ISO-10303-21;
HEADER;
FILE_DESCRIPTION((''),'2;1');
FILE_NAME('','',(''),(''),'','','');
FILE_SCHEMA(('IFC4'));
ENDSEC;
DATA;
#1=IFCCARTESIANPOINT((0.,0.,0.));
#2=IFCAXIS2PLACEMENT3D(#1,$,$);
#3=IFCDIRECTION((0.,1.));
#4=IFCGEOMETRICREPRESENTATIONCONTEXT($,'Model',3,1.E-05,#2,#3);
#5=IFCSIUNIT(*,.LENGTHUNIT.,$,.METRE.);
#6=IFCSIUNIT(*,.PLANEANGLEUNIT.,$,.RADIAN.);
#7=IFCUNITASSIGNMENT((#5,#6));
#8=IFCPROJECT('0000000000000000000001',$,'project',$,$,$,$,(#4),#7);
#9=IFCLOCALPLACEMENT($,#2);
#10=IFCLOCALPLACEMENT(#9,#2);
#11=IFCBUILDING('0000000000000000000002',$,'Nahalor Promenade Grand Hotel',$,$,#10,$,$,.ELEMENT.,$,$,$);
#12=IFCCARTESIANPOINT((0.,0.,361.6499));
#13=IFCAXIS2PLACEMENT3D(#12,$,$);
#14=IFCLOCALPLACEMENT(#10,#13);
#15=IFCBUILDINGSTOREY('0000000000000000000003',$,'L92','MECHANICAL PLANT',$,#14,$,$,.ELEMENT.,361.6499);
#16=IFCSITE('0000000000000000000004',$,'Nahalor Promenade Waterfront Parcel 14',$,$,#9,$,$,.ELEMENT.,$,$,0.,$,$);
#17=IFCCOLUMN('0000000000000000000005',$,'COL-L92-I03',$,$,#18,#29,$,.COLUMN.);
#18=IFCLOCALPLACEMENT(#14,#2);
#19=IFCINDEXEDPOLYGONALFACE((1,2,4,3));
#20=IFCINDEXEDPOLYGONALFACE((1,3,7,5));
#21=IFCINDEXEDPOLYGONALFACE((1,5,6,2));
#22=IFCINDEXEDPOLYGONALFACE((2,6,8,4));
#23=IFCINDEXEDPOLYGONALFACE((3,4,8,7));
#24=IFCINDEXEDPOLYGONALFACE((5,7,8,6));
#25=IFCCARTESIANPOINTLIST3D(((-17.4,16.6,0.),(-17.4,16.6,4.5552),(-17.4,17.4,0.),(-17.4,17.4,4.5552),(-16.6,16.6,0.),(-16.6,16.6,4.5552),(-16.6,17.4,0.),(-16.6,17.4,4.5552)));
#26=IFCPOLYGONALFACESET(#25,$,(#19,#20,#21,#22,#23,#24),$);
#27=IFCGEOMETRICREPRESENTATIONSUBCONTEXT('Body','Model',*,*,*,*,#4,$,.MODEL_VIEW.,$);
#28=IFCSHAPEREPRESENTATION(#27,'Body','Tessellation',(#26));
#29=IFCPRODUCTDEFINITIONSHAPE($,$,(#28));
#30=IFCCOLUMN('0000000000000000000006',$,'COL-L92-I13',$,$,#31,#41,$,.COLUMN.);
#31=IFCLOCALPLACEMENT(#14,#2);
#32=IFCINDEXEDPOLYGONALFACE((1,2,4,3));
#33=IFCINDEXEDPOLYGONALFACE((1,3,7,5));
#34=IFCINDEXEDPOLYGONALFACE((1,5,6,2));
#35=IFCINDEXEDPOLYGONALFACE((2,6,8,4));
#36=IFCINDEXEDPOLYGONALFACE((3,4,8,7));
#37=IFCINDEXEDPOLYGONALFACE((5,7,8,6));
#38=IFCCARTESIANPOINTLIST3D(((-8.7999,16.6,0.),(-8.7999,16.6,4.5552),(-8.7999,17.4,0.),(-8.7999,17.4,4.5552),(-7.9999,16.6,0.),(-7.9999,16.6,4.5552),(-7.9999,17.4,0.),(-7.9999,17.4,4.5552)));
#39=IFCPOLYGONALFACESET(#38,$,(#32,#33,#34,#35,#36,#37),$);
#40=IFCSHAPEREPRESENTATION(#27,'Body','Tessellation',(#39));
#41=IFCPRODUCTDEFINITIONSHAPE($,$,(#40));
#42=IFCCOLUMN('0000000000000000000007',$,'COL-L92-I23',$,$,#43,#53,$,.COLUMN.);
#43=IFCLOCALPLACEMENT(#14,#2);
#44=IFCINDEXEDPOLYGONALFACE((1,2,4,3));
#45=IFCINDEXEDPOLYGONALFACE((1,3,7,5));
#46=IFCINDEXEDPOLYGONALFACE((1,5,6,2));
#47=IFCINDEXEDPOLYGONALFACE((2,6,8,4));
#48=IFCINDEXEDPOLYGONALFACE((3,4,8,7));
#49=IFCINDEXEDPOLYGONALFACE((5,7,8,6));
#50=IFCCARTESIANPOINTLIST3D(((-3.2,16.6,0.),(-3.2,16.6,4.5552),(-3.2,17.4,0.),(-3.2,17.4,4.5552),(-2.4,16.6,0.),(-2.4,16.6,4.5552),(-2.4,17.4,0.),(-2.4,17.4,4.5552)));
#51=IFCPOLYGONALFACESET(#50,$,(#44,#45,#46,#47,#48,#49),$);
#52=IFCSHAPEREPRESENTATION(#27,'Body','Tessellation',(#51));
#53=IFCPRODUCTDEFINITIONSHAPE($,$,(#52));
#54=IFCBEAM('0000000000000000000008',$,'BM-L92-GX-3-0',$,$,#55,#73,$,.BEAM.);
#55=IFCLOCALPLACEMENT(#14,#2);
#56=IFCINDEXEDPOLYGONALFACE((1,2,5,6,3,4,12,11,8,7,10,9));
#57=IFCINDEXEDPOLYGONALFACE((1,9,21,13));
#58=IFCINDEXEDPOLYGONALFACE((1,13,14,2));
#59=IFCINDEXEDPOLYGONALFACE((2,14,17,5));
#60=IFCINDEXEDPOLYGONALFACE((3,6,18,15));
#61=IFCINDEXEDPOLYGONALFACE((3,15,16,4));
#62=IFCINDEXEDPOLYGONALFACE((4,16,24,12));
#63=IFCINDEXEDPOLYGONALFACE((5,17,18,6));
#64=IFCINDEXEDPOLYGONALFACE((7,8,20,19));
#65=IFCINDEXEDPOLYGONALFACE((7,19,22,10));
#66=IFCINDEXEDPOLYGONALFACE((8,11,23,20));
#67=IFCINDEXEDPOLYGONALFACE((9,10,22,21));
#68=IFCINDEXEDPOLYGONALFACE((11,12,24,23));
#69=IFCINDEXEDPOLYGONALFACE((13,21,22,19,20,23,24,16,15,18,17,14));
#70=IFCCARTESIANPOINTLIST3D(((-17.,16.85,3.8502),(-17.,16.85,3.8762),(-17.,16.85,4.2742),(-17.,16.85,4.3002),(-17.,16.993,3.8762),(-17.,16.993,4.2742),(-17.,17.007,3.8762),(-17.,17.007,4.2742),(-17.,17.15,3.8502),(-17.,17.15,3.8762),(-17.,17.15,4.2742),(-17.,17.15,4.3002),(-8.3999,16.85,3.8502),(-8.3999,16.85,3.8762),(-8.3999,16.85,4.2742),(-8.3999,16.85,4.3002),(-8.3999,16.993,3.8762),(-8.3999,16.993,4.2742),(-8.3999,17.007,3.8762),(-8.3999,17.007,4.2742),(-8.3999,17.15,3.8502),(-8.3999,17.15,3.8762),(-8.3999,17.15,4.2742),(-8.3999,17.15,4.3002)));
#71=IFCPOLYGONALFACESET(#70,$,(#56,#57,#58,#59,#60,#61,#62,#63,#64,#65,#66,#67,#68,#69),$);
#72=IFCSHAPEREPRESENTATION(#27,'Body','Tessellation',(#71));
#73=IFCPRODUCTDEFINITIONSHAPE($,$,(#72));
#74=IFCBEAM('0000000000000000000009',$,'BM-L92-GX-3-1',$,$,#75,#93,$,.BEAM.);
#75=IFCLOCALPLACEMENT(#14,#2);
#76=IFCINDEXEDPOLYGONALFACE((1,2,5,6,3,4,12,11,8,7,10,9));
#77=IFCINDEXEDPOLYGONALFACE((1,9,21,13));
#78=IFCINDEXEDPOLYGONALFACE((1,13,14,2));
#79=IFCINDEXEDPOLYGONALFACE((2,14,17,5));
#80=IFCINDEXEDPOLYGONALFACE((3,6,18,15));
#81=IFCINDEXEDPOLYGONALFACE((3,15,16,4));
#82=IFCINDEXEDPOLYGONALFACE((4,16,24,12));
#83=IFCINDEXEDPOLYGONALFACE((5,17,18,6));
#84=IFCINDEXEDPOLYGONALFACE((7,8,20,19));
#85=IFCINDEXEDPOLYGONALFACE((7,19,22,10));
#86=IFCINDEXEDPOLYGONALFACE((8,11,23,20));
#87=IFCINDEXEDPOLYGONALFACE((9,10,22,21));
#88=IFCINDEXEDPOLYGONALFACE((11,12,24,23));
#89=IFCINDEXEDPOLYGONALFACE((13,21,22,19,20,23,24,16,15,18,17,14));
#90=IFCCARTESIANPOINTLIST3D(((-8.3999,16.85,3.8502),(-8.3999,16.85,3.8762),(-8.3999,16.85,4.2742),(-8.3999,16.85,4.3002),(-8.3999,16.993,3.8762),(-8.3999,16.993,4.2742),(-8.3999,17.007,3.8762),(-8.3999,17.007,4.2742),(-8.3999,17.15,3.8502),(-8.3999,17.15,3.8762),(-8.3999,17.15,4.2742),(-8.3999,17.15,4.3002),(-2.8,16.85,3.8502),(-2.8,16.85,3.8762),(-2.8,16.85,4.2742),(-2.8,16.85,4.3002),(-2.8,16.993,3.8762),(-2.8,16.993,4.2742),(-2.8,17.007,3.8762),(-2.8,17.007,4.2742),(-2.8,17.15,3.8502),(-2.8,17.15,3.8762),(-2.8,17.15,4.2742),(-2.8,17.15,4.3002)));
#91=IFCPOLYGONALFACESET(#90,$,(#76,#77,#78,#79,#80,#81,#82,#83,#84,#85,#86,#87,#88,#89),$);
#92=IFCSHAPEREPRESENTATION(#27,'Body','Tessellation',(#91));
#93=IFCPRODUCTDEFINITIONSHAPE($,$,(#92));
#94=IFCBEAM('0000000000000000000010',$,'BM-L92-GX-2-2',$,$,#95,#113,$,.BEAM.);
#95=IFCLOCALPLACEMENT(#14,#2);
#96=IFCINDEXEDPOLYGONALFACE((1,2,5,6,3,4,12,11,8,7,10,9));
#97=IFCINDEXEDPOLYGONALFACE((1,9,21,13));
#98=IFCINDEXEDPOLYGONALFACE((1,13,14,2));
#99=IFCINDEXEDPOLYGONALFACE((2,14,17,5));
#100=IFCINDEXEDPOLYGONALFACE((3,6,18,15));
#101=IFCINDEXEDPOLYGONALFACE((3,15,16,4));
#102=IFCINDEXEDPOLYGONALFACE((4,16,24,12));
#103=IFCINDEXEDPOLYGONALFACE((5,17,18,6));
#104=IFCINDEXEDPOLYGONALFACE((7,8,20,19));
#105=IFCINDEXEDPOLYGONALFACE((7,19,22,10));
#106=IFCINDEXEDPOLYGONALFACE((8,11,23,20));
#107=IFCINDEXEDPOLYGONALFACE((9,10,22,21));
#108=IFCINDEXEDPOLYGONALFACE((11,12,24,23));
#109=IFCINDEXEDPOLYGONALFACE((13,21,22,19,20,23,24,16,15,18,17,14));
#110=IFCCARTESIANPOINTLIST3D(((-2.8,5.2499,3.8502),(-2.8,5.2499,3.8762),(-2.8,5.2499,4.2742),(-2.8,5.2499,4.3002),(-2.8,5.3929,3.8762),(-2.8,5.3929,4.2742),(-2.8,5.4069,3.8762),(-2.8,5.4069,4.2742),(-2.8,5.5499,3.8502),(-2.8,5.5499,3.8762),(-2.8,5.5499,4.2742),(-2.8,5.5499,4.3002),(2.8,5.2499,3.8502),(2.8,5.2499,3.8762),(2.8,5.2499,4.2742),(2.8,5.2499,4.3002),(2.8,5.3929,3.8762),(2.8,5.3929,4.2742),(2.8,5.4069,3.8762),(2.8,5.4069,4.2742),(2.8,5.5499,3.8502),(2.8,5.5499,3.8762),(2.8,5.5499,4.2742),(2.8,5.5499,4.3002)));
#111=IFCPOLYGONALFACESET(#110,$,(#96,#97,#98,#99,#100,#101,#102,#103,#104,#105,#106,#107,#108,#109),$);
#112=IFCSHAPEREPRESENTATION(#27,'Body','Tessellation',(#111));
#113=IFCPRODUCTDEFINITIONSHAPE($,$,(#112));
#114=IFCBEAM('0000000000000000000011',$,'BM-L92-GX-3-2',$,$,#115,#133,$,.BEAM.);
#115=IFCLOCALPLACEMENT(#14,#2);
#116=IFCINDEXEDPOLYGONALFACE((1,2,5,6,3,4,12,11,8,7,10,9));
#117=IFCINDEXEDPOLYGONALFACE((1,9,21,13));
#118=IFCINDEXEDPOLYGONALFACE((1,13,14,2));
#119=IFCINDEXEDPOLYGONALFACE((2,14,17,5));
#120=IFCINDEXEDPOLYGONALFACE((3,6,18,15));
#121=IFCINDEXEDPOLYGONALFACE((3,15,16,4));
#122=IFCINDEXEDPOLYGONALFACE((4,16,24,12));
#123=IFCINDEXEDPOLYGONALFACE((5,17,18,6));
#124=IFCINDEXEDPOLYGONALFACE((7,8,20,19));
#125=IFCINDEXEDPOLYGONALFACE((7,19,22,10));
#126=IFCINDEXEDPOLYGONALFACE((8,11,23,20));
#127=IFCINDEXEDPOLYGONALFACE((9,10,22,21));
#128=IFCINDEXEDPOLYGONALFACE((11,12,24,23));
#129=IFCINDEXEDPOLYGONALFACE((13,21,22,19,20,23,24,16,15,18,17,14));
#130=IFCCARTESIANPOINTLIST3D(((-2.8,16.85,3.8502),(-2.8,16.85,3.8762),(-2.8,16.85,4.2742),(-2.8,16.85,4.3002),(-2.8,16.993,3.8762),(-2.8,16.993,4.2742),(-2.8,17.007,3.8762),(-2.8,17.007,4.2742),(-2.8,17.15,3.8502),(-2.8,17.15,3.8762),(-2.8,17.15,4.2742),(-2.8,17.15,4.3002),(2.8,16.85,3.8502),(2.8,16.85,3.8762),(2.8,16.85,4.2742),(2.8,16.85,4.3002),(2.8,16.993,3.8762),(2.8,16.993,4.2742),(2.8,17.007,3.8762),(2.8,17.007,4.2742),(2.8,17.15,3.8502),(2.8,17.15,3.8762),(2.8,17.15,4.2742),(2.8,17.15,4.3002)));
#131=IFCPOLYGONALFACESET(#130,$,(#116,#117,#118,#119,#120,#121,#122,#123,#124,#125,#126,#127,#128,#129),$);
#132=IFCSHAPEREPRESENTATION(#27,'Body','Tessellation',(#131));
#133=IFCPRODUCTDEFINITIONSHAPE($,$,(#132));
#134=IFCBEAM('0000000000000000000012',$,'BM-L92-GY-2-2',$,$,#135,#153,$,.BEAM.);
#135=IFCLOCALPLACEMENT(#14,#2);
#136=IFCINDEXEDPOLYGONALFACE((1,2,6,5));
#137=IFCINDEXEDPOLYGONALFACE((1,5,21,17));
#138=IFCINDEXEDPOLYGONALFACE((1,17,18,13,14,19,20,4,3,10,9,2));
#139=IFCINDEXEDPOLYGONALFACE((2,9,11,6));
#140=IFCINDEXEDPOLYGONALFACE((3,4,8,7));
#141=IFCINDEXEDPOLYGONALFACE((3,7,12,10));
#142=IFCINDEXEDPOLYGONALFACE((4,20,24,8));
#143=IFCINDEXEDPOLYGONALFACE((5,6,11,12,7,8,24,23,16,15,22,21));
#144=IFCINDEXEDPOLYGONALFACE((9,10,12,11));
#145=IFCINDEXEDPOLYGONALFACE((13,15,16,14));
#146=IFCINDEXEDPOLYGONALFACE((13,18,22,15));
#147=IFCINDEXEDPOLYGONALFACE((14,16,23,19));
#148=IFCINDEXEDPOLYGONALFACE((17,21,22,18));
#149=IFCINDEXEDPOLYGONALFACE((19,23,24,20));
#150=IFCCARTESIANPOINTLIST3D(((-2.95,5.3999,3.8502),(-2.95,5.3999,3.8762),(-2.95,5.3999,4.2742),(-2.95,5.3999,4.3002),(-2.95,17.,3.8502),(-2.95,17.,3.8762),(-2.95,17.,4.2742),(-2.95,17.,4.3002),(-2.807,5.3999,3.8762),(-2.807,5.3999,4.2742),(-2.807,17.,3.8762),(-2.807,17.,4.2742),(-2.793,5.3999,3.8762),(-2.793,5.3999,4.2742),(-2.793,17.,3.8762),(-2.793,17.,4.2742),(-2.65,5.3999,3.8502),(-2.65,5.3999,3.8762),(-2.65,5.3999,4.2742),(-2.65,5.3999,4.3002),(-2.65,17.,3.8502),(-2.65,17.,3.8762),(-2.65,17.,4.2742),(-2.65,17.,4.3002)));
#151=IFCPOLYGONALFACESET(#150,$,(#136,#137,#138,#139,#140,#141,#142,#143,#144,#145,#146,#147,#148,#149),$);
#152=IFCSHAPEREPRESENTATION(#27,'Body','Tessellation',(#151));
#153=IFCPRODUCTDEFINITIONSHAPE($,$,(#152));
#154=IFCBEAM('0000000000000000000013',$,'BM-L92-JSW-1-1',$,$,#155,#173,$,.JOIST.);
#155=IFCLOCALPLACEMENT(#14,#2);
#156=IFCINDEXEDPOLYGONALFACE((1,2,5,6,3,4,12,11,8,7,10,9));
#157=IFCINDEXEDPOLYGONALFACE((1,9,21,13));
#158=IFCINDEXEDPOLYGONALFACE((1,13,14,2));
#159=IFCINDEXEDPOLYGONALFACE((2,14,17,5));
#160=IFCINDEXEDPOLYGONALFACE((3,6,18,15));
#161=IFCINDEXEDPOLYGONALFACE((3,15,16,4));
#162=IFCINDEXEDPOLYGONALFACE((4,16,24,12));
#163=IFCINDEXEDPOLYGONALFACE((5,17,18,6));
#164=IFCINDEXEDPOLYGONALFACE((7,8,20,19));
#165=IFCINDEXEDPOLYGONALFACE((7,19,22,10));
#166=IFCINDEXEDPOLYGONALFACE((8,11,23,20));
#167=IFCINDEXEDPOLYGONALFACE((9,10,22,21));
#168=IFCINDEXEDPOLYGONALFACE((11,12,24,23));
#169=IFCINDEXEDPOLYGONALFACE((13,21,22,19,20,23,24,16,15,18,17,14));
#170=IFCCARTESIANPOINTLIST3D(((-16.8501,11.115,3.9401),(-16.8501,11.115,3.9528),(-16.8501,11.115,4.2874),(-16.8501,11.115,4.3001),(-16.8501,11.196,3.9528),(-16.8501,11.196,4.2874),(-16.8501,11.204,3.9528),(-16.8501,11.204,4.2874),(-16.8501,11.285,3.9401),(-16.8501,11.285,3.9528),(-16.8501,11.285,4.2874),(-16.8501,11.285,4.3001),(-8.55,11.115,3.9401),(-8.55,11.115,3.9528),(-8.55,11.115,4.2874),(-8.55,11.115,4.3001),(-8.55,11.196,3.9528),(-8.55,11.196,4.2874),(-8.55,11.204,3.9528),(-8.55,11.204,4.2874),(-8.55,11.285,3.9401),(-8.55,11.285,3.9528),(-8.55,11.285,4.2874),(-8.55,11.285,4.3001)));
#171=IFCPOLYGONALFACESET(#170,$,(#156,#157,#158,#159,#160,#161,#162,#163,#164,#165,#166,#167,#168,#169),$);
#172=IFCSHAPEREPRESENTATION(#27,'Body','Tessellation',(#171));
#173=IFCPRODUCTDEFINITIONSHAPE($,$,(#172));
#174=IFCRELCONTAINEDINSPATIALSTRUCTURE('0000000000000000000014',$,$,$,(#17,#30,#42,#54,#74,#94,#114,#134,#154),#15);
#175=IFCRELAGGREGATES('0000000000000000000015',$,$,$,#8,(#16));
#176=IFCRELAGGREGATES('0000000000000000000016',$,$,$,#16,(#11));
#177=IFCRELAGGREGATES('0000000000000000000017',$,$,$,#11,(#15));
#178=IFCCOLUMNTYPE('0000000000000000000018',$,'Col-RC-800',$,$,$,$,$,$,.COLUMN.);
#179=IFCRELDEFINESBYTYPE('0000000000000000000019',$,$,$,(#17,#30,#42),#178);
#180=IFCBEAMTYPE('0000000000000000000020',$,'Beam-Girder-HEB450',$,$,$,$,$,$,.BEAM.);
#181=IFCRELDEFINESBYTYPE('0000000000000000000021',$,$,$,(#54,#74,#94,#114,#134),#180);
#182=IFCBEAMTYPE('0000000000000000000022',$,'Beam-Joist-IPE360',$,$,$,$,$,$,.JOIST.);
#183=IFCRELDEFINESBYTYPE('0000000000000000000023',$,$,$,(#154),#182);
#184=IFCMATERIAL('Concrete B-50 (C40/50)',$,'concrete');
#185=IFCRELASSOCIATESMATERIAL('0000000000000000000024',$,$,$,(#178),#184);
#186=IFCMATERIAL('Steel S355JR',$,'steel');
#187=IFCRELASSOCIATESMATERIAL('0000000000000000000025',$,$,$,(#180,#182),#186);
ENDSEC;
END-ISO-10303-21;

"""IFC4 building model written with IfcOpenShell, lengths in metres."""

from ifc_helpers import new_model, si_unit, direction, frame, origin, origin_2d, place, context, subcontext, project, spatial, rectangle, i_section, extrude, source, transform, mapped, material, material_profile, profile_set, type_object, element, save


model = new_model("IFC4")

# Units and contexts
model_context = context("Model", 3, precision=1e-05, world=origin(), true_north=direction((0.0, 1.0)))
body_context = subcontext(model_context, "Body", "Model", "MODEL_VIEW")
ifc_project = project(units=[si_unit("LENGTHUNIT", "METRE"), si_unit("PLANEANGLEUNIT", "RADIAN")], contexts=[model_context])

# Site, building, storey
site_placement = place(None, origin())
site = spatial("IfcSite", under=ifc_project, at=site_placement, Name="Nahalor Promenade Waterfront Parcel 14", CompositionType="ELEMENT", RefElevation=0.0)
building_placement = place(site_placement, origin())
building = spatial("IfcBuilding", under=site, at=building_placement, Name="Nahalor Promenade Grand Hotel", CompositionType="ELEMENT")
storey_placement = place(building_placement, frame((0.0, 0.0, 361.6499)))
storey = spatial("IfcBuildingStorey", under=building, at=storey_placement, Name="L92", Description="MECHANICAL PLANT", CompositionType="ELEMENT", Elevation=361.6499)

# Columns
ifc_material_1 = material(Name="Concrete B-50 (C40/50)", Category="concrete")
ifc_material_profile_1 = material_profile(ifc_material_1, rectangle(XDim=0.8, YDim=0.8, at=origin_2d()), Name="RC 800x800")
ifc_profile_set_1 = profile_set([ifc_material_profile_1], Name="Concrete B-50 (C40/50)")
column_type = type_object("IfcColumnType", Name="Col-RC-800", PredefinedType="COLUMN", material=ifc_profile_set_1)
shared_shape_1 = source(origin(), body_context, "Body", "SweptSolid", [
    extrude(rectangle(XDim=0.8, YDim=0.8, at=origin_2d()), origin(), (0.0, 0.0, 1.0), 4.5552),
])
for number, where, z_axis, x_axis, name in (
    (1, (-17.0, 17.0, 0.0), (0.0, 0.0, 1.0), (1.0, 0.0, 0.0), "COL-L92-I03"),
    (2, (-8.3999, 17.0, 0.0), (0.0, 0.0, 1.0), (1.0, 0.0, 0.0), "COL-L92-I13"),
    (3, (-2.8, 17.0, 0.0), (0.0, 0.0, 1.0), (1.0, 0.0, 0.0), "COL-L92-I23"),
):
    element("IfcColumn", number, at=place(storey_placement, frame(where, z_axis=z_axis, x_axis=x_axis)), inside=storey, type_object=column_type, Name=name, PredefinedType="COLUMN", context=body_context, shape_type="MappedRepresentation", body=[
        mapped(shared_shape_1, transform((0.0, 0.0, 0.0), scale=1.0)),
    ])

# Beams
ifc_material_2 = material(Name="Steel S355JR", Category="steel")
ifc_material_profile_2 = material_profile(ifc_material_2, i_section(OverallWidth=0.3, OverallDepth=0.45, WebThickness=0.014, FlangeThickness=0.026, at=origin_2d()), Name="HEB 450")
ifc_profile_set_2 = profile_set([ifc_material_profile_2], Name="Steel S355JR")
beam_type_1 = type_object("IfcBeamType", Name="Beam-Girder-HEB450", PredefinedType="BEAM", material=ifc_profile_set_2)
shared_shape_2 = source(origin(), body_context, "Body", "SweptSolid", [
    extrude(i_section(OverallWidth=0.3, OverallDepth=0.45, WebThickness=0.014, FlangeThickness=0.026, at=origin_2d()), origin(), (0.0, 0.0, 1.0), 8.6001),
])
beam_1_placement = place(storey_placement, frame((-17.0, 17.0, 4.0752), z_axis=(1.0, 0.0, 0.0), x_axis=(0.0, 1.0, 0.0)))
element("IfcBeam", 4, at=beam_1_placement, inside=storey, type_object=beam_type_1, Name="BM-L92-GX-3-0", PredefinedType="BEAM", context=body_context, shape_type="MappedRepresentation", body=[
    mapped(shared_shape_2, transform((0.0, 0.0, 0.0), scale=1.0)),
])
shared_shape_3 = source(origin(), body_context, "Body", "SweptSolid", [
    extrude(i_section(OverallWidth=0.3, OverallDepth=0.45, WebThickness=0.014, FlangeThickness=0.026, at=origin_2d()), origin(), (0.0, 0.0, 1.0), 5.5999),
])
beam_2_placement = place(storey_placement, frame((-8.3999, 17.0, 4.0752), z_axis=(1.0, 0.0, 0.0), x_axis=(0.0, 1.0, 0.0)))
element("IfcBeam", 5, at=beam_2_placement, inside=storey, type_object=beam_type_1, Name="BM-L92-GX-3-1", PredefinedType="BEAM", context=body_context, shape_type="MappedRepresentation", body=[
    mapped(shared_shape_3, transform((0.0, 0.0, 0.0), scale=1.0)),
])
shared_shape_4 = source(origin(), body_context, "Body", "SweptSolid", [
    extrude(i_section(OverallWidth=0.3, OverallDepth=0.45, WebThickness=0.014, FlangeThickness=0.026, at=origin_2d()), origin(), (0.0, 0.0, 1.0), 5.6001),
])
for number, where, z_axis, x_axis, name in (
    (6, (-2.8, 5.3999, 4.0752), (1.0, 0.0, 0.0), (0.0, 1.0, 0.0), "BM-L92-GX-2-2"),
    (7, (-2.8, 17.0, 4.0752), (1.0, 0.0, 0.0), (0.0, 1.0, 0.0), "BM-L92-GX-3-2"),
):
    element("IfcBeam", number, at=place(storey_placement, frame(where, z_axis=z_axis, x_axis=x_axis)), inside=storey, type_object=beam_type_1, Name=name, PredefinedType="BEAM", context=body_context, shape_type="MappedRepresentation", body=[
        mapped(shared_shape_4, transform((0.0, 0.0, 0.0), scale=1.0)),
    ])
shared_shape_5 = source(origin(), body_context, "Body", "SweptSolid", [
    extrude(i_section(OverallWidth=0.3, OverallDepth=0.45, WebThickness=0.014, FlangeThickness=0.026, at=origin_2d()), origin(), (0.0, 0.0, 1.0), 11.6001),
])
beam_3_placement = place(storey_placement, frame((-2.8, 5.3999, 4.0752), z_axis=(0.0, 1.0, 0.0), x_axis=(-1.0, 0.0, 0.0)))
element("IfcBeam", 8, at=beam_3_placement, inside=storey, type_object=beam_type_1, Name="BM-L92-GY-2-2", PredefinedType="BEAM", context=body_context, shape_type="MappedRepresentation", body=[
    mapped(shared_shape_5, transform((0.0, 0.0, 0.0), scale=1.0)),
])
ifc_material_profile_3 = material_profile(ifc_material_2, i_section(OverallWidth=0.17, OverallDepth=0.36, WebThickness=0.008, FlangeThickness=0.0127, at=origin_2d()), Name="IPE 360")
ifc_profile_set_3 = profile_set([ifc_material_profile_3], Name="Steel S355JR")
beam_type_2 = type_object("IfcBeamType", Name="Beam-Joist-IPE360", PredefinedType="JOIST", material=ifc_profile_set_3)
shared_shape_6 = source(origin(), body_context, "Body", "SweptSolid", [
    extrude(i_section(OverallWidth=0.17, OverallDepth=0.36, WebThickness=0.008, FlangeThickness=0.0127, at=origin_2d()), origin(), (0.0, 0.0, 1.0), 8.3),
])
beam_4_placement = place(storey_placement, frame((-16.8501, 11.2, 4.1201), z_axis=(1.0, 0.0, 0.0), x_axis=(0.0, 1.0, 0.0)))
element("IfcBeam", 9, at=beam_4_placement, inside=storey, type_object=beam_type_2, Name="BM-L92-JSW-1-1", PredefinedType="JOIST", context=body_context, shape_type="MappedRepresentation", body=[
    mapped(shared_shape_6, transform((0.0, 0.0, 0.0), scale=1.0)),
])

save(model, "model.ifc")
